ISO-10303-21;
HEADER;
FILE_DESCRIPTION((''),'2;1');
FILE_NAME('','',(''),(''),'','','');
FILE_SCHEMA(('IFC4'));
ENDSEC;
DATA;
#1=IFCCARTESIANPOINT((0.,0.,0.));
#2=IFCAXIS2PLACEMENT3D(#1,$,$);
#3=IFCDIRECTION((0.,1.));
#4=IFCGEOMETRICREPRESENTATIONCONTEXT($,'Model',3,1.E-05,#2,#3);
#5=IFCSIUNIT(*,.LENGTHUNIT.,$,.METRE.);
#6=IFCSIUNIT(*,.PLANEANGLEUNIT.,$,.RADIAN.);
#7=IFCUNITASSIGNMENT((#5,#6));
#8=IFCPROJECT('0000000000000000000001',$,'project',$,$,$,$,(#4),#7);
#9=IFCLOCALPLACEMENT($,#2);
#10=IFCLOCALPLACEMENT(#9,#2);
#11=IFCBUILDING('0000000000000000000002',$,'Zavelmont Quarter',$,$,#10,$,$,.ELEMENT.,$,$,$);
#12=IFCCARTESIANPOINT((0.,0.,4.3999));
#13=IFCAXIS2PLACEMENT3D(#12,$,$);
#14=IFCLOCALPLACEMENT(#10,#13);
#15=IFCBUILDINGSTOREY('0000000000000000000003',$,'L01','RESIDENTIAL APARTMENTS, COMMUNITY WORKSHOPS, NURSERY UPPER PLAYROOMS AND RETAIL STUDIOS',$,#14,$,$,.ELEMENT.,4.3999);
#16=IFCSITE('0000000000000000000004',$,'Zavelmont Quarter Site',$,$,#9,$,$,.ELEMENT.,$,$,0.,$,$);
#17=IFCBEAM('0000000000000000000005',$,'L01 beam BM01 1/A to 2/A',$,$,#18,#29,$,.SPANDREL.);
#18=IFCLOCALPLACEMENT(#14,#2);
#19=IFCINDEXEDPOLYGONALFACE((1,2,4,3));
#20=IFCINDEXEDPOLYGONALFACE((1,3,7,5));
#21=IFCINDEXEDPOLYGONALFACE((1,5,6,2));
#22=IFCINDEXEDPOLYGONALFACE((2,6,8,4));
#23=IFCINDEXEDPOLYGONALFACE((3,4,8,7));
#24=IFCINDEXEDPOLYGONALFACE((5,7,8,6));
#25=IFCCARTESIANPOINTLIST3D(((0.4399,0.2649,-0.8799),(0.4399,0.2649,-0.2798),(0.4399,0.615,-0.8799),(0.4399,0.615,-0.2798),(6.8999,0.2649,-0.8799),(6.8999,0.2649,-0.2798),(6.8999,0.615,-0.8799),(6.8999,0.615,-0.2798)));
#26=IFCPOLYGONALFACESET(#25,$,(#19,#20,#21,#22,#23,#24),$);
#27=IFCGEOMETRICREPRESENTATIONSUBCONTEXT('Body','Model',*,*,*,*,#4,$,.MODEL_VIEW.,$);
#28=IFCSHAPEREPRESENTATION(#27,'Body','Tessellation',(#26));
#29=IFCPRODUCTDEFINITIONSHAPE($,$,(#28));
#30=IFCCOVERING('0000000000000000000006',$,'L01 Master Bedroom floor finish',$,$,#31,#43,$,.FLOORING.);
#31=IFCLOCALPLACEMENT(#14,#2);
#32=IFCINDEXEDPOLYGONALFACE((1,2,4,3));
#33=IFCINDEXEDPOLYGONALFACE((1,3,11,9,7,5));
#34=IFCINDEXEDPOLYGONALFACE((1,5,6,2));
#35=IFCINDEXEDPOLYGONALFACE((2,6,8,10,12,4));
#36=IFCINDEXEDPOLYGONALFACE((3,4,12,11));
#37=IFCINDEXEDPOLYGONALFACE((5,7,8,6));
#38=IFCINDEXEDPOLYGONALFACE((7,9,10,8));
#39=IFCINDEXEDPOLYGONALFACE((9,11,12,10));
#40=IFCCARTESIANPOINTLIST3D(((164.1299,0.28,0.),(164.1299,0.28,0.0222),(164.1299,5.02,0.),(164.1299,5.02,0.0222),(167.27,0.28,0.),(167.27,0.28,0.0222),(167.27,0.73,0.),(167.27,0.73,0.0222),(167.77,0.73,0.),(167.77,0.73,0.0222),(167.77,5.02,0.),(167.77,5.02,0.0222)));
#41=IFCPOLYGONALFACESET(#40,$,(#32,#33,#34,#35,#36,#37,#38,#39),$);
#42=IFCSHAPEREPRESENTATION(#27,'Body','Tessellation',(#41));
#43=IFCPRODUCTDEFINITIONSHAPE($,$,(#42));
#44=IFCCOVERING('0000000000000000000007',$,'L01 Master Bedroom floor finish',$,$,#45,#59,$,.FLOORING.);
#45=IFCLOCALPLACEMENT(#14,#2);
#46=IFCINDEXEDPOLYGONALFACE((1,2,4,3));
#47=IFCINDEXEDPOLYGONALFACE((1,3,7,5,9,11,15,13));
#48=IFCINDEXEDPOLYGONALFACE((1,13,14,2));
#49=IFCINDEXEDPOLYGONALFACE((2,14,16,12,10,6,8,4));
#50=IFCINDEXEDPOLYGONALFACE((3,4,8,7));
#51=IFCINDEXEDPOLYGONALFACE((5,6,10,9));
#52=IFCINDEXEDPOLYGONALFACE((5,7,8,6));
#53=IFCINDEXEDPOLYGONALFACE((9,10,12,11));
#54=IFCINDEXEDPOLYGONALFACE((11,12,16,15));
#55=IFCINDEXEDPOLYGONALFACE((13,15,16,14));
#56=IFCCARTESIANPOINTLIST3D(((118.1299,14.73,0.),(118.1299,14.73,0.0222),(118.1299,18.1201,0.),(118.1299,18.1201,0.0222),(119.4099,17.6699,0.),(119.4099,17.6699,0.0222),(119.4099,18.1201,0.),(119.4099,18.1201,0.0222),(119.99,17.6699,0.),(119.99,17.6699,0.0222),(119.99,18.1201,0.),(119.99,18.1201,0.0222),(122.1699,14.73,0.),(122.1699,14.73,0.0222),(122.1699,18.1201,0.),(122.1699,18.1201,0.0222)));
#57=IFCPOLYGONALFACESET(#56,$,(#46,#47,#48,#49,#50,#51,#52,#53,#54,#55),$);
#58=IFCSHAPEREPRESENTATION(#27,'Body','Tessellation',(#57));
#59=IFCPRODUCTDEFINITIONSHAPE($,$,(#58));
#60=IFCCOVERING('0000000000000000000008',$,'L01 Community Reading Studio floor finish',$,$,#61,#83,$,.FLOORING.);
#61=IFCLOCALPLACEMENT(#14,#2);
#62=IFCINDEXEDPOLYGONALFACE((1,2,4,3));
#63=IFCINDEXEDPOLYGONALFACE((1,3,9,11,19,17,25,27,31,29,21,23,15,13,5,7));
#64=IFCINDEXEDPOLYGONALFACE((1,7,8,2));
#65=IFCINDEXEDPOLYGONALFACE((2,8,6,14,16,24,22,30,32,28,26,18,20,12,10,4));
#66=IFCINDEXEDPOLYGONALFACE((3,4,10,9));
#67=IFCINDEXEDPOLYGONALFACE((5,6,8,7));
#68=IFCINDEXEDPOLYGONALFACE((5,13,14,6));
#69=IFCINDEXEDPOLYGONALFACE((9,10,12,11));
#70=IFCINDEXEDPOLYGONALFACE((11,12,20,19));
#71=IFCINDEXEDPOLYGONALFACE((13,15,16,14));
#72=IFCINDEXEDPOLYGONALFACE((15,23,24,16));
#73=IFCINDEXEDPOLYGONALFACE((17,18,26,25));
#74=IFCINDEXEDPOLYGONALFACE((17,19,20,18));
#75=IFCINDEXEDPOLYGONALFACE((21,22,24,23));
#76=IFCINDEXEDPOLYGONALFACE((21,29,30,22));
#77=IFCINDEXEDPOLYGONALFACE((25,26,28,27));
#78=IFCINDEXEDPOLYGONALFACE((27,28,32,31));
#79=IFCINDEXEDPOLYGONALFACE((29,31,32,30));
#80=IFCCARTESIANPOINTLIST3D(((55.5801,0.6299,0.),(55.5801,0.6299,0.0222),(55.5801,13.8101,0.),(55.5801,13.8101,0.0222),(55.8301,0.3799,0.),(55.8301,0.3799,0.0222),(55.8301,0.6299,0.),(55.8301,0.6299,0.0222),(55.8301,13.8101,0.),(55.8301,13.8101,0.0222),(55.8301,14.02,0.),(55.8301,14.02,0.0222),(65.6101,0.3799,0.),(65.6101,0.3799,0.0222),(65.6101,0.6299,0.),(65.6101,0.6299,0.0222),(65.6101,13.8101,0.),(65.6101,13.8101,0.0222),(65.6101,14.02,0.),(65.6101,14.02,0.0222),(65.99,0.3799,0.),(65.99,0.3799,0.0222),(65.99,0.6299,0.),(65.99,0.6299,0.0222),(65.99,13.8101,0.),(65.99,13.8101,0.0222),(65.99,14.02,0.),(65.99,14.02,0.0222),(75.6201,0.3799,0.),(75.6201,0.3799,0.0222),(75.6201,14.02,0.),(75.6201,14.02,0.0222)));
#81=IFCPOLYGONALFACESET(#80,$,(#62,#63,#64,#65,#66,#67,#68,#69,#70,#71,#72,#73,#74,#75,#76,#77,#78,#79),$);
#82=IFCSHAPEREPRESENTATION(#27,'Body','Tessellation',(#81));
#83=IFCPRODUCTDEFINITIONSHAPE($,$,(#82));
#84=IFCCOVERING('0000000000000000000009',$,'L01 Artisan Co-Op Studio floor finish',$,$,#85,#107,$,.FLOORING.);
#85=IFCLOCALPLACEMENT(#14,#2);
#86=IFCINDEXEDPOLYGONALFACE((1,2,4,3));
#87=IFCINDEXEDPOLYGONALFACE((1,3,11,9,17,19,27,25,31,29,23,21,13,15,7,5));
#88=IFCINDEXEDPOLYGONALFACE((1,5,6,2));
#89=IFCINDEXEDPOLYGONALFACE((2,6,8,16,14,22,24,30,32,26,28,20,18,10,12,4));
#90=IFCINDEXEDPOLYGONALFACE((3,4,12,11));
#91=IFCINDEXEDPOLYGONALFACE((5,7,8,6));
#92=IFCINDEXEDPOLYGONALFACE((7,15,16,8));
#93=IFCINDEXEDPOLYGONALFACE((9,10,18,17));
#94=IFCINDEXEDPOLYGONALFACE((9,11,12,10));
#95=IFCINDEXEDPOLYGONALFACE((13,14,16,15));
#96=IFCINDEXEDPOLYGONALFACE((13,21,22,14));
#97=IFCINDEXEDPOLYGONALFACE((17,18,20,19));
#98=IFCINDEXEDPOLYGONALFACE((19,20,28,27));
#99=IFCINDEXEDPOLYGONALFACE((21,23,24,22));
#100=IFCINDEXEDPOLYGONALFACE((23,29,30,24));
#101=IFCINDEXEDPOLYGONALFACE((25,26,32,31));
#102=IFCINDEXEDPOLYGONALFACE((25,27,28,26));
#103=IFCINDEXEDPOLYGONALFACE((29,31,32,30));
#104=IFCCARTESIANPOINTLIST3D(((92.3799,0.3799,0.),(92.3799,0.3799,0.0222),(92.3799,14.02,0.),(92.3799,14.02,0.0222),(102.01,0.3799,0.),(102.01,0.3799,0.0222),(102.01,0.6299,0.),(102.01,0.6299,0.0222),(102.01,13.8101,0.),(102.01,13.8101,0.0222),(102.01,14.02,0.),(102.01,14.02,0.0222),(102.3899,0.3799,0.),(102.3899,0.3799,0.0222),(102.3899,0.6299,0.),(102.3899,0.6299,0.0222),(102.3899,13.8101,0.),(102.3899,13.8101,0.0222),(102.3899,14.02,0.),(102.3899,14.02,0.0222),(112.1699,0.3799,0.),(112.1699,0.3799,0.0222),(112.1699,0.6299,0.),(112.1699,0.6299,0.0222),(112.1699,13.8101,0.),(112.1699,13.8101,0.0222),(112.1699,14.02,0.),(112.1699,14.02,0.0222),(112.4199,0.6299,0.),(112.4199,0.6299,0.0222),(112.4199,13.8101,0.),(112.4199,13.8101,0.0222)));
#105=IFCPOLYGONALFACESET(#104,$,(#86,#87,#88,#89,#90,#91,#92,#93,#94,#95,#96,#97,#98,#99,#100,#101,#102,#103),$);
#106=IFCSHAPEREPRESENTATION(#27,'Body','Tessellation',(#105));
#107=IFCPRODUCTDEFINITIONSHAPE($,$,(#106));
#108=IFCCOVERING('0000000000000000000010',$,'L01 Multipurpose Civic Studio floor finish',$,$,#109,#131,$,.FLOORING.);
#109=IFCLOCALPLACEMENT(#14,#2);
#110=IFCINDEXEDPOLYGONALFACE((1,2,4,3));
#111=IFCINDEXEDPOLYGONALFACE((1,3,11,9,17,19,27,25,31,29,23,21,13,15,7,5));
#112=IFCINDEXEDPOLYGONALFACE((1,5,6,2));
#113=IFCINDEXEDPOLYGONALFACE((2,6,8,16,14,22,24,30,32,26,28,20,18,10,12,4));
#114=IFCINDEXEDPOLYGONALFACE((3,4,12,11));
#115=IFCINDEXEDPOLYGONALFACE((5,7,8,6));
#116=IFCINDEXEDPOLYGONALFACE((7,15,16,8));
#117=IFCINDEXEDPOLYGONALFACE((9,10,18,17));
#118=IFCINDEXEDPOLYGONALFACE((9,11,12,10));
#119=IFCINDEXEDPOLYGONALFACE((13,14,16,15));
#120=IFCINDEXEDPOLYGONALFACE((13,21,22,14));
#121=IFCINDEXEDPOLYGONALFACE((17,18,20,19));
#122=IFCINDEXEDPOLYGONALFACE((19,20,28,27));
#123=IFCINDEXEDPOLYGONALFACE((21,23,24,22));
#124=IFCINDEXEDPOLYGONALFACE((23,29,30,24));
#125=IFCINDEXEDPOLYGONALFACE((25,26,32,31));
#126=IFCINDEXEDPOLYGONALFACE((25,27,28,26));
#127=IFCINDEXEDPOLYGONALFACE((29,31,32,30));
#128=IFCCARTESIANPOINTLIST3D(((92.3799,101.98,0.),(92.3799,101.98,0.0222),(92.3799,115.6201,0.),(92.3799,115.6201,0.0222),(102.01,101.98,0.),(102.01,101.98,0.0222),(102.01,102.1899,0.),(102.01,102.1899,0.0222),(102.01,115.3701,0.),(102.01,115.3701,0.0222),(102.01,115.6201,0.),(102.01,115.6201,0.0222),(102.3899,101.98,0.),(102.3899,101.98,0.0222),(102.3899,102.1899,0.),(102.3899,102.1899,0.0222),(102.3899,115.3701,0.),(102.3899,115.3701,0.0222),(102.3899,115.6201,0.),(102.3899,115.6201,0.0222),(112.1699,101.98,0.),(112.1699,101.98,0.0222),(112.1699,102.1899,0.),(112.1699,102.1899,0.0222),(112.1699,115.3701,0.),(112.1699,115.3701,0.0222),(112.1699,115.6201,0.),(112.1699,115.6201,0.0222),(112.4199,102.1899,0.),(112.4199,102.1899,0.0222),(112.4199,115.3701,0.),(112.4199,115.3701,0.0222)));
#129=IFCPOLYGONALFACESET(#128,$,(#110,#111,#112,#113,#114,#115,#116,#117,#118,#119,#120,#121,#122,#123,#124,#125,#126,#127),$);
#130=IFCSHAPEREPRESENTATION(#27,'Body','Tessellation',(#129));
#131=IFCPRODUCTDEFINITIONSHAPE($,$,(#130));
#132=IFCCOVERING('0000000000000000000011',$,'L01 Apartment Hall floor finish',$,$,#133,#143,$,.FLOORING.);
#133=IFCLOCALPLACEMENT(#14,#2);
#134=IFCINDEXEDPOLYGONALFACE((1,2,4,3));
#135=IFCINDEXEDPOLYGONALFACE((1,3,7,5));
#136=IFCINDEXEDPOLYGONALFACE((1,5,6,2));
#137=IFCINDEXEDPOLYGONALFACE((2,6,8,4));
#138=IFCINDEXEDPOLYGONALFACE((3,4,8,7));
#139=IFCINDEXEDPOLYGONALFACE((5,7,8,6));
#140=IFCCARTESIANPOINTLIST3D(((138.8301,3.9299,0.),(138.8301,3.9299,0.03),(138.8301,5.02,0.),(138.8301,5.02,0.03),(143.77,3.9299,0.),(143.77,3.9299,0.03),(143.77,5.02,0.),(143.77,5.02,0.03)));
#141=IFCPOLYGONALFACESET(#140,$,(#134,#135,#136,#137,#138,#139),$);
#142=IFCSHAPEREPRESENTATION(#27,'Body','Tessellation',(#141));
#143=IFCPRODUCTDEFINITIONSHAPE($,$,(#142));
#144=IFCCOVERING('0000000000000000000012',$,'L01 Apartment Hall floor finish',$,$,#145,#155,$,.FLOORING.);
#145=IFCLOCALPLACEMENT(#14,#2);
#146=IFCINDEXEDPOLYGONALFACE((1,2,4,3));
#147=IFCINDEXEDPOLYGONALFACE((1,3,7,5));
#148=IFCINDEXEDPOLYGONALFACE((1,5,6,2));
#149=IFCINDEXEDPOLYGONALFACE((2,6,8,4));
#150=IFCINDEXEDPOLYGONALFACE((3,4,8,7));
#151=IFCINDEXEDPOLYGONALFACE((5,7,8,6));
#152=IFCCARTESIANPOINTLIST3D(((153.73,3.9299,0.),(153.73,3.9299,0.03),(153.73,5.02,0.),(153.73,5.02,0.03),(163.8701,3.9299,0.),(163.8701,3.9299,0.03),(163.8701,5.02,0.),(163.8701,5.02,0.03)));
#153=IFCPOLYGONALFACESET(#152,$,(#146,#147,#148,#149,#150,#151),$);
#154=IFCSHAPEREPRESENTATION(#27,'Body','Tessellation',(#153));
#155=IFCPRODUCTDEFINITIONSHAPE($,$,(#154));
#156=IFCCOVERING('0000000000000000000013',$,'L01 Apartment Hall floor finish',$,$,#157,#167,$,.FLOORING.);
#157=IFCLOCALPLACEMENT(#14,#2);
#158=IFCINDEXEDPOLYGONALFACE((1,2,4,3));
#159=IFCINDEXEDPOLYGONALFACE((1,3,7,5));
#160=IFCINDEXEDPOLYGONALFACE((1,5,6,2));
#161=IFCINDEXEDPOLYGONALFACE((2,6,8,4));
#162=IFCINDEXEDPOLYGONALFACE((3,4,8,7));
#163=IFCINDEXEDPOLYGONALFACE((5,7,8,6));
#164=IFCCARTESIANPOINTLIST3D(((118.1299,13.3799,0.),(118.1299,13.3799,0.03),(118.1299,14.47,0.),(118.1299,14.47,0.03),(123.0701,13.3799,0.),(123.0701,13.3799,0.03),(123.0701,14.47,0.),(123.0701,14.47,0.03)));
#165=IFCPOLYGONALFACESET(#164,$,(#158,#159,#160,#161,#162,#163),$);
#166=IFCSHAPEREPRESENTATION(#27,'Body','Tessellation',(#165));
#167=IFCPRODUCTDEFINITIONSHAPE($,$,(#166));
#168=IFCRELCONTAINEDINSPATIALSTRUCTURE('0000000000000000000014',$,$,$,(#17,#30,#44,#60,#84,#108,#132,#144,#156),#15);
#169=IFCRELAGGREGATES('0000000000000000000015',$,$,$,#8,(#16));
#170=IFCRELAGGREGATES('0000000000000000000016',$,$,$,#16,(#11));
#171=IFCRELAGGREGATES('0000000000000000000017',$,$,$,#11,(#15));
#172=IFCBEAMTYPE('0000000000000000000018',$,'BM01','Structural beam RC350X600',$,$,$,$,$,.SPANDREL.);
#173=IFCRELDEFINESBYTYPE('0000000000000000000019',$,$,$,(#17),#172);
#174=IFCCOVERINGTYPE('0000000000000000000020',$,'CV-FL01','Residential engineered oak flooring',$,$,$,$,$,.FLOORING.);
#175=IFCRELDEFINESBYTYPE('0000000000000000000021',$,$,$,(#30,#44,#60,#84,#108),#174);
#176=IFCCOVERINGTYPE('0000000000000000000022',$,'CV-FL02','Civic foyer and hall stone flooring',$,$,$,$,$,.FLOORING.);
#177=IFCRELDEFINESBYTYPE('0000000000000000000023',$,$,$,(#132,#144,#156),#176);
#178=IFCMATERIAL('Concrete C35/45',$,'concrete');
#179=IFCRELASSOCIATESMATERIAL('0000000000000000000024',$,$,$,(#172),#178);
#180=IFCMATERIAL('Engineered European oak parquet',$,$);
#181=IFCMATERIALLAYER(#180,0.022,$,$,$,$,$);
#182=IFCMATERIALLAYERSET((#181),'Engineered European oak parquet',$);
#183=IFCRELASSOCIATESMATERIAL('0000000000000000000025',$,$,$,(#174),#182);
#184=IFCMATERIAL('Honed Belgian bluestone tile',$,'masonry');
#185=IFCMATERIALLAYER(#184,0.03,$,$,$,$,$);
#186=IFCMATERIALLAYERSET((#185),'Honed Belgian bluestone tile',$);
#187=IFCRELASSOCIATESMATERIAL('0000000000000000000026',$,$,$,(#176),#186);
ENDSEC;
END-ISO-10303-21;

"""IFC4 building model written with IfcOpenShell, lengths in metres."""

from ifc_helpers import new_model, si_unit, direction, frame, origin, origin_2d, place, context, subcontext, project, spatial, polyline, rectangle, outline, extrude, material, layer, layer_set, material_profile, profile_set, type_object, element, save


model = new_model("IFC4")

# Units and contexts
model_context = context("Model", 3, precision=1e-05, world=origin(), true_north=direction((0.0, 1.0)))
body_context = subcontext(model_context, "Body", "Model", "MODEL_VIEW")
ifc_project = project(units=[si_unit("LENGTHUNIT", "METRE"), si_unit("PLANEANGLEUNIT", "RADIAN")], contexts=[model_context])

# Site, building, storey
site_placement = place(None, origin())
site = spatial("IfcSite", under=ifc_project, at=site_placement, Name="Zavelmont Quarter Site", CompositionType="ELEMENT", RefElevation=0.0)
building_placement = place(site_placement, origin())
building = spatial("IfcBuilding", under=site, at=building_placement, Name="Zavelmont Quarter", CompositionType="ELEMENT")
storey_placement = place(building_placement, frame((0.0, 0.0, 4.3999)))
storey = spatial("IfcBuildingStorey", under=building, at=storey_placement, Name="L01", Description="RESIDENTIAL APARTMENTS, COMMUNITY WORKSHOPS, NURSERY UPPER PLAYROOMS AND RETAIL STUDIOS", CompositionType="ELEMENT", Elevation=4.3999)

# Beam
ifc_material_1 = material(Name="Concrete C35/45", Category="concrete")
ifc_material_profile = material_profile(ifc_material_1, rectangle(XDim=0.3501, YDim=0.6001, at=origin_2d()), Name="RC350X600")
ifc_profile_set = profile_set([ifc_material_profile], Name="Concrete C35/45")
beam_type = type_object("IfcBeamType", Name="BM01", Description="Structural beam RC350X600", PredefinedType="SPANDREL", material=ifc_profile_set)
beam_placement = place(storey_placement, frame((0.4399, 0.4399, -0.5798), z_axis=(1.0, 0.0, 0.0), x_axis=(0.0, 1.0, 0.0)))
element("IfcBeam", 1, at=beam_placement, inside=storey, type_object=beam_type, Name="L01 beam BM01 1/A to 2/A", PredefinedType="SPANDREL", context=body_context, shape_type="SweptSolid", body=[
    extrude(rectangle(XDim=0.3501, YDim=0.6001, at=origin_2d()), origin(), (0.0, 0.0, 1.0), 6.46),
])

# Coverings
ifc_material_2 = material(Name="Engineered European oak parquet")
ifc_layer_1 = layer(ifc_material_2, 0.022)
ifc_layer_set_1 = layer_set([ifc_layer_1], Name="Engineered European oak parquet")
covering_type_1 = type_object("IfcCoveringType", Name="CV-FL01", Description="Residential engineered oak flooring", PredefinedType="FLOORING", material=ifc_layer_set_1)
covering_1_placement = place(storey_placement, origin())
element("IfcCovering", 2, at=covering_1_placement, inside=storey, type_object=covering_type_1, Name="L01 Master Bedroom floor finish", PredefinedType="FLOORING", context=body_context, shape_type="SweptSolid", body=[
    extrude(outline(polyline([(164.1299, 5.02), (167.77, 5.02), (167.77, 0.73), (167.27, 0.73), (167.27, 0.28), (164.1299, 0.28), (164.1299, 5.02)])), origin(), (0.0, 0.0, 1.0), 0.0222),
])
covering_2_placement = place(storey_placement, origin())
element("IfcCovering", 3, at=covering_2_placement, inside=storey, type_object=covering_type_1, Name="L01 Master Bedroom floor finish", PredefinedType="FLOORING", context=body_context, shape_type="SweptSolid", body=[
    extrude(outline(polyline([(118.1299, 18.1201), (119.4099, 18.1201), (119.4099, 17.6699), (119.99, 17.6699), (119.99, 18.1201), (122.1699, 18.1201), (122.1699, 14.73), (118.1299, 14.73), (118.1299, 18.1201)])), origin(), (0.0, 0.0, 1.0), 0.0222),
])
covering_3_placement = place(storey_placement, origin())
element("IfcCovering", 4, at=covering_3_placement, inside=storey, type_object=covering_type_1, Name="L01 Community Reading Studio floor finish", PredefinedType="FLOORING", context=body_context, shape_type="SweptSolid", body=[
    extrude(outline(polyline([(55.5801, 13.8101), (55.8301, 13.8101), (55.8301, 14.02), (65.6101, 14.02), (65.6101, 13.8101), (65.99, 13.8101), (65.99, 14.02), (75.6201, 14.02), (75.6201, 0.3799), (65.99, 0.3799), (65.99, 0.6299), (65.6101, 0.6299), (65.6101, 0.3799), (55.8301, 0.3799), (55.8301, 0.6299), (55.5801, 0.6299), (55.5801, 13.8101)])), origin(), (0.0, 0.0, 1.0), 0.0222),
])
covering_4_placement = place(storey_placement, origin())
element("IfcCovering", 5, at=covering_4_placement, inside=storey, type_object=covering_type_1, Name="L01 Artisan Co-Op Studio floor finish", PredefinedType="FLOORING", context=body_context, shape_type="SweptSolid", body=[
    extrude(outline(polyline([(92.3799, 14.02), (102.01, 14.02), (102.01, 13.8101), (102.3899, 13.8101), (102.3899, 14.02), (112.1699, 14.02), (112.1699, 13.8101), (112.4199, 13.8101), (112.4199, 0.6299), (112.1699, 0.6299), (112.1699, 0.3799), (102.3899, 0.3799), (102.3899, 0.6299), (102.01, 0.6299), (102.01, 0.3799), (92.3799, 0.3799), (92.3799, 14.02)])), origin(), (0.0, 0.0, 1.0), 0.0222),
])
covering_5_placement = place(storey_placement, origin())
element("IfcCovering", 6, at=covering_5_placement, inside=storey, type_object=covering_type_1, Name="L01 Multipurpose Civic Studio floor finish", PredefinedType="FLOORING", context=body_context, shape_type="SweptSolid", body=[
    extrude(outline(polyline([(92.3799, 115.6201), (102.01, 115.6201), (102.01, 115.3701), (102.3899, 115.3701), (102.3899, 115.6201), (112.1699, 115.6201), (112.1699, 115.3701), (112.4199, 115.3701), (112.4199, 102.1899), (112.1699, 102.1899), (112.1699, 101.98), (102.3899, 101.98), (102.3899, 102.1899), (102.01, 102.1899), (102.01, 101.98), (92.3799, 101.98), (92.3799, 115.6201)])), origin(), (0.0, 0.0, 1.0), 0.0222),
])
ifc_material_3 = material(Name="Honed Belgian bluestone tile", Category="masonry")
ifc_layer_2 = layer(ifc_material_3, 0.03)
ifc_layer_set_2 = layer_set([ifc_layer_2], Name="Honed Belgian bluestone tile")
covering_type_2 = type_object("IfcCoveringType", Name="CV-FL02", Description="Civic foyer and hall stone flooring", PredefinedType="FLOORING", material=ifc_layer_set_2)
covering_6_placement = place(storey_placement, origin())
element("IfcCovering", 7, at=covering_6_placement, inside=storey, type_object=covering_type_2, Name="L01 Apartment Hall floor finish", PredefinedType="FLOORING", context=body_context, shape_type="SweptSolid", body=[
    extrude(outline(polyline([(138.8301, 5.02), (143.77, 5.02), (143.77, 3.9299), (138.8301, 3.9299), (138.8301, 5.02)])), origin(), (0.0, 0.0, 1.0), 0.03),
])
covering_7_placement = place(storey_placement, origin())
element("IfcCovering", 8, at=covering_7_placement, inside=storey, type_object=covering_type_2, Name="L01 Apartment Hall floor finish", PredefinedType="FLOORING", context=body_context, shape_type="SweptSolid", body=[
    extrude(outline(polyline([(153.73, 5.02), (163.8701, 5.02), (163.8701, 3.9299), (153.73, 3.9299), (153.73, 5.02)])), origin(), (0.0, 0.0, 1.0), 0.03),
])
covering_8_placement = place(storey_placement, origin())
element("IfcCovering", 9, at=covering_8_placement, inside=storey, type_object=covering_type_2, Name="L01 Apartment Hall floor finish", PredefinedType="FLOORING", context=body_context, shape_type="SweptSolid", body=[
    extrude(outline(polyline([(118.1299, 14.47), (123.0701, 14.47), (123.0701, 13.3799), (118.1299, 13.3799), (118.1299, 14.47)])), origin(), (0.0, 0.0, 1.0), 0.03),
])

save(model, "model.ifc")
